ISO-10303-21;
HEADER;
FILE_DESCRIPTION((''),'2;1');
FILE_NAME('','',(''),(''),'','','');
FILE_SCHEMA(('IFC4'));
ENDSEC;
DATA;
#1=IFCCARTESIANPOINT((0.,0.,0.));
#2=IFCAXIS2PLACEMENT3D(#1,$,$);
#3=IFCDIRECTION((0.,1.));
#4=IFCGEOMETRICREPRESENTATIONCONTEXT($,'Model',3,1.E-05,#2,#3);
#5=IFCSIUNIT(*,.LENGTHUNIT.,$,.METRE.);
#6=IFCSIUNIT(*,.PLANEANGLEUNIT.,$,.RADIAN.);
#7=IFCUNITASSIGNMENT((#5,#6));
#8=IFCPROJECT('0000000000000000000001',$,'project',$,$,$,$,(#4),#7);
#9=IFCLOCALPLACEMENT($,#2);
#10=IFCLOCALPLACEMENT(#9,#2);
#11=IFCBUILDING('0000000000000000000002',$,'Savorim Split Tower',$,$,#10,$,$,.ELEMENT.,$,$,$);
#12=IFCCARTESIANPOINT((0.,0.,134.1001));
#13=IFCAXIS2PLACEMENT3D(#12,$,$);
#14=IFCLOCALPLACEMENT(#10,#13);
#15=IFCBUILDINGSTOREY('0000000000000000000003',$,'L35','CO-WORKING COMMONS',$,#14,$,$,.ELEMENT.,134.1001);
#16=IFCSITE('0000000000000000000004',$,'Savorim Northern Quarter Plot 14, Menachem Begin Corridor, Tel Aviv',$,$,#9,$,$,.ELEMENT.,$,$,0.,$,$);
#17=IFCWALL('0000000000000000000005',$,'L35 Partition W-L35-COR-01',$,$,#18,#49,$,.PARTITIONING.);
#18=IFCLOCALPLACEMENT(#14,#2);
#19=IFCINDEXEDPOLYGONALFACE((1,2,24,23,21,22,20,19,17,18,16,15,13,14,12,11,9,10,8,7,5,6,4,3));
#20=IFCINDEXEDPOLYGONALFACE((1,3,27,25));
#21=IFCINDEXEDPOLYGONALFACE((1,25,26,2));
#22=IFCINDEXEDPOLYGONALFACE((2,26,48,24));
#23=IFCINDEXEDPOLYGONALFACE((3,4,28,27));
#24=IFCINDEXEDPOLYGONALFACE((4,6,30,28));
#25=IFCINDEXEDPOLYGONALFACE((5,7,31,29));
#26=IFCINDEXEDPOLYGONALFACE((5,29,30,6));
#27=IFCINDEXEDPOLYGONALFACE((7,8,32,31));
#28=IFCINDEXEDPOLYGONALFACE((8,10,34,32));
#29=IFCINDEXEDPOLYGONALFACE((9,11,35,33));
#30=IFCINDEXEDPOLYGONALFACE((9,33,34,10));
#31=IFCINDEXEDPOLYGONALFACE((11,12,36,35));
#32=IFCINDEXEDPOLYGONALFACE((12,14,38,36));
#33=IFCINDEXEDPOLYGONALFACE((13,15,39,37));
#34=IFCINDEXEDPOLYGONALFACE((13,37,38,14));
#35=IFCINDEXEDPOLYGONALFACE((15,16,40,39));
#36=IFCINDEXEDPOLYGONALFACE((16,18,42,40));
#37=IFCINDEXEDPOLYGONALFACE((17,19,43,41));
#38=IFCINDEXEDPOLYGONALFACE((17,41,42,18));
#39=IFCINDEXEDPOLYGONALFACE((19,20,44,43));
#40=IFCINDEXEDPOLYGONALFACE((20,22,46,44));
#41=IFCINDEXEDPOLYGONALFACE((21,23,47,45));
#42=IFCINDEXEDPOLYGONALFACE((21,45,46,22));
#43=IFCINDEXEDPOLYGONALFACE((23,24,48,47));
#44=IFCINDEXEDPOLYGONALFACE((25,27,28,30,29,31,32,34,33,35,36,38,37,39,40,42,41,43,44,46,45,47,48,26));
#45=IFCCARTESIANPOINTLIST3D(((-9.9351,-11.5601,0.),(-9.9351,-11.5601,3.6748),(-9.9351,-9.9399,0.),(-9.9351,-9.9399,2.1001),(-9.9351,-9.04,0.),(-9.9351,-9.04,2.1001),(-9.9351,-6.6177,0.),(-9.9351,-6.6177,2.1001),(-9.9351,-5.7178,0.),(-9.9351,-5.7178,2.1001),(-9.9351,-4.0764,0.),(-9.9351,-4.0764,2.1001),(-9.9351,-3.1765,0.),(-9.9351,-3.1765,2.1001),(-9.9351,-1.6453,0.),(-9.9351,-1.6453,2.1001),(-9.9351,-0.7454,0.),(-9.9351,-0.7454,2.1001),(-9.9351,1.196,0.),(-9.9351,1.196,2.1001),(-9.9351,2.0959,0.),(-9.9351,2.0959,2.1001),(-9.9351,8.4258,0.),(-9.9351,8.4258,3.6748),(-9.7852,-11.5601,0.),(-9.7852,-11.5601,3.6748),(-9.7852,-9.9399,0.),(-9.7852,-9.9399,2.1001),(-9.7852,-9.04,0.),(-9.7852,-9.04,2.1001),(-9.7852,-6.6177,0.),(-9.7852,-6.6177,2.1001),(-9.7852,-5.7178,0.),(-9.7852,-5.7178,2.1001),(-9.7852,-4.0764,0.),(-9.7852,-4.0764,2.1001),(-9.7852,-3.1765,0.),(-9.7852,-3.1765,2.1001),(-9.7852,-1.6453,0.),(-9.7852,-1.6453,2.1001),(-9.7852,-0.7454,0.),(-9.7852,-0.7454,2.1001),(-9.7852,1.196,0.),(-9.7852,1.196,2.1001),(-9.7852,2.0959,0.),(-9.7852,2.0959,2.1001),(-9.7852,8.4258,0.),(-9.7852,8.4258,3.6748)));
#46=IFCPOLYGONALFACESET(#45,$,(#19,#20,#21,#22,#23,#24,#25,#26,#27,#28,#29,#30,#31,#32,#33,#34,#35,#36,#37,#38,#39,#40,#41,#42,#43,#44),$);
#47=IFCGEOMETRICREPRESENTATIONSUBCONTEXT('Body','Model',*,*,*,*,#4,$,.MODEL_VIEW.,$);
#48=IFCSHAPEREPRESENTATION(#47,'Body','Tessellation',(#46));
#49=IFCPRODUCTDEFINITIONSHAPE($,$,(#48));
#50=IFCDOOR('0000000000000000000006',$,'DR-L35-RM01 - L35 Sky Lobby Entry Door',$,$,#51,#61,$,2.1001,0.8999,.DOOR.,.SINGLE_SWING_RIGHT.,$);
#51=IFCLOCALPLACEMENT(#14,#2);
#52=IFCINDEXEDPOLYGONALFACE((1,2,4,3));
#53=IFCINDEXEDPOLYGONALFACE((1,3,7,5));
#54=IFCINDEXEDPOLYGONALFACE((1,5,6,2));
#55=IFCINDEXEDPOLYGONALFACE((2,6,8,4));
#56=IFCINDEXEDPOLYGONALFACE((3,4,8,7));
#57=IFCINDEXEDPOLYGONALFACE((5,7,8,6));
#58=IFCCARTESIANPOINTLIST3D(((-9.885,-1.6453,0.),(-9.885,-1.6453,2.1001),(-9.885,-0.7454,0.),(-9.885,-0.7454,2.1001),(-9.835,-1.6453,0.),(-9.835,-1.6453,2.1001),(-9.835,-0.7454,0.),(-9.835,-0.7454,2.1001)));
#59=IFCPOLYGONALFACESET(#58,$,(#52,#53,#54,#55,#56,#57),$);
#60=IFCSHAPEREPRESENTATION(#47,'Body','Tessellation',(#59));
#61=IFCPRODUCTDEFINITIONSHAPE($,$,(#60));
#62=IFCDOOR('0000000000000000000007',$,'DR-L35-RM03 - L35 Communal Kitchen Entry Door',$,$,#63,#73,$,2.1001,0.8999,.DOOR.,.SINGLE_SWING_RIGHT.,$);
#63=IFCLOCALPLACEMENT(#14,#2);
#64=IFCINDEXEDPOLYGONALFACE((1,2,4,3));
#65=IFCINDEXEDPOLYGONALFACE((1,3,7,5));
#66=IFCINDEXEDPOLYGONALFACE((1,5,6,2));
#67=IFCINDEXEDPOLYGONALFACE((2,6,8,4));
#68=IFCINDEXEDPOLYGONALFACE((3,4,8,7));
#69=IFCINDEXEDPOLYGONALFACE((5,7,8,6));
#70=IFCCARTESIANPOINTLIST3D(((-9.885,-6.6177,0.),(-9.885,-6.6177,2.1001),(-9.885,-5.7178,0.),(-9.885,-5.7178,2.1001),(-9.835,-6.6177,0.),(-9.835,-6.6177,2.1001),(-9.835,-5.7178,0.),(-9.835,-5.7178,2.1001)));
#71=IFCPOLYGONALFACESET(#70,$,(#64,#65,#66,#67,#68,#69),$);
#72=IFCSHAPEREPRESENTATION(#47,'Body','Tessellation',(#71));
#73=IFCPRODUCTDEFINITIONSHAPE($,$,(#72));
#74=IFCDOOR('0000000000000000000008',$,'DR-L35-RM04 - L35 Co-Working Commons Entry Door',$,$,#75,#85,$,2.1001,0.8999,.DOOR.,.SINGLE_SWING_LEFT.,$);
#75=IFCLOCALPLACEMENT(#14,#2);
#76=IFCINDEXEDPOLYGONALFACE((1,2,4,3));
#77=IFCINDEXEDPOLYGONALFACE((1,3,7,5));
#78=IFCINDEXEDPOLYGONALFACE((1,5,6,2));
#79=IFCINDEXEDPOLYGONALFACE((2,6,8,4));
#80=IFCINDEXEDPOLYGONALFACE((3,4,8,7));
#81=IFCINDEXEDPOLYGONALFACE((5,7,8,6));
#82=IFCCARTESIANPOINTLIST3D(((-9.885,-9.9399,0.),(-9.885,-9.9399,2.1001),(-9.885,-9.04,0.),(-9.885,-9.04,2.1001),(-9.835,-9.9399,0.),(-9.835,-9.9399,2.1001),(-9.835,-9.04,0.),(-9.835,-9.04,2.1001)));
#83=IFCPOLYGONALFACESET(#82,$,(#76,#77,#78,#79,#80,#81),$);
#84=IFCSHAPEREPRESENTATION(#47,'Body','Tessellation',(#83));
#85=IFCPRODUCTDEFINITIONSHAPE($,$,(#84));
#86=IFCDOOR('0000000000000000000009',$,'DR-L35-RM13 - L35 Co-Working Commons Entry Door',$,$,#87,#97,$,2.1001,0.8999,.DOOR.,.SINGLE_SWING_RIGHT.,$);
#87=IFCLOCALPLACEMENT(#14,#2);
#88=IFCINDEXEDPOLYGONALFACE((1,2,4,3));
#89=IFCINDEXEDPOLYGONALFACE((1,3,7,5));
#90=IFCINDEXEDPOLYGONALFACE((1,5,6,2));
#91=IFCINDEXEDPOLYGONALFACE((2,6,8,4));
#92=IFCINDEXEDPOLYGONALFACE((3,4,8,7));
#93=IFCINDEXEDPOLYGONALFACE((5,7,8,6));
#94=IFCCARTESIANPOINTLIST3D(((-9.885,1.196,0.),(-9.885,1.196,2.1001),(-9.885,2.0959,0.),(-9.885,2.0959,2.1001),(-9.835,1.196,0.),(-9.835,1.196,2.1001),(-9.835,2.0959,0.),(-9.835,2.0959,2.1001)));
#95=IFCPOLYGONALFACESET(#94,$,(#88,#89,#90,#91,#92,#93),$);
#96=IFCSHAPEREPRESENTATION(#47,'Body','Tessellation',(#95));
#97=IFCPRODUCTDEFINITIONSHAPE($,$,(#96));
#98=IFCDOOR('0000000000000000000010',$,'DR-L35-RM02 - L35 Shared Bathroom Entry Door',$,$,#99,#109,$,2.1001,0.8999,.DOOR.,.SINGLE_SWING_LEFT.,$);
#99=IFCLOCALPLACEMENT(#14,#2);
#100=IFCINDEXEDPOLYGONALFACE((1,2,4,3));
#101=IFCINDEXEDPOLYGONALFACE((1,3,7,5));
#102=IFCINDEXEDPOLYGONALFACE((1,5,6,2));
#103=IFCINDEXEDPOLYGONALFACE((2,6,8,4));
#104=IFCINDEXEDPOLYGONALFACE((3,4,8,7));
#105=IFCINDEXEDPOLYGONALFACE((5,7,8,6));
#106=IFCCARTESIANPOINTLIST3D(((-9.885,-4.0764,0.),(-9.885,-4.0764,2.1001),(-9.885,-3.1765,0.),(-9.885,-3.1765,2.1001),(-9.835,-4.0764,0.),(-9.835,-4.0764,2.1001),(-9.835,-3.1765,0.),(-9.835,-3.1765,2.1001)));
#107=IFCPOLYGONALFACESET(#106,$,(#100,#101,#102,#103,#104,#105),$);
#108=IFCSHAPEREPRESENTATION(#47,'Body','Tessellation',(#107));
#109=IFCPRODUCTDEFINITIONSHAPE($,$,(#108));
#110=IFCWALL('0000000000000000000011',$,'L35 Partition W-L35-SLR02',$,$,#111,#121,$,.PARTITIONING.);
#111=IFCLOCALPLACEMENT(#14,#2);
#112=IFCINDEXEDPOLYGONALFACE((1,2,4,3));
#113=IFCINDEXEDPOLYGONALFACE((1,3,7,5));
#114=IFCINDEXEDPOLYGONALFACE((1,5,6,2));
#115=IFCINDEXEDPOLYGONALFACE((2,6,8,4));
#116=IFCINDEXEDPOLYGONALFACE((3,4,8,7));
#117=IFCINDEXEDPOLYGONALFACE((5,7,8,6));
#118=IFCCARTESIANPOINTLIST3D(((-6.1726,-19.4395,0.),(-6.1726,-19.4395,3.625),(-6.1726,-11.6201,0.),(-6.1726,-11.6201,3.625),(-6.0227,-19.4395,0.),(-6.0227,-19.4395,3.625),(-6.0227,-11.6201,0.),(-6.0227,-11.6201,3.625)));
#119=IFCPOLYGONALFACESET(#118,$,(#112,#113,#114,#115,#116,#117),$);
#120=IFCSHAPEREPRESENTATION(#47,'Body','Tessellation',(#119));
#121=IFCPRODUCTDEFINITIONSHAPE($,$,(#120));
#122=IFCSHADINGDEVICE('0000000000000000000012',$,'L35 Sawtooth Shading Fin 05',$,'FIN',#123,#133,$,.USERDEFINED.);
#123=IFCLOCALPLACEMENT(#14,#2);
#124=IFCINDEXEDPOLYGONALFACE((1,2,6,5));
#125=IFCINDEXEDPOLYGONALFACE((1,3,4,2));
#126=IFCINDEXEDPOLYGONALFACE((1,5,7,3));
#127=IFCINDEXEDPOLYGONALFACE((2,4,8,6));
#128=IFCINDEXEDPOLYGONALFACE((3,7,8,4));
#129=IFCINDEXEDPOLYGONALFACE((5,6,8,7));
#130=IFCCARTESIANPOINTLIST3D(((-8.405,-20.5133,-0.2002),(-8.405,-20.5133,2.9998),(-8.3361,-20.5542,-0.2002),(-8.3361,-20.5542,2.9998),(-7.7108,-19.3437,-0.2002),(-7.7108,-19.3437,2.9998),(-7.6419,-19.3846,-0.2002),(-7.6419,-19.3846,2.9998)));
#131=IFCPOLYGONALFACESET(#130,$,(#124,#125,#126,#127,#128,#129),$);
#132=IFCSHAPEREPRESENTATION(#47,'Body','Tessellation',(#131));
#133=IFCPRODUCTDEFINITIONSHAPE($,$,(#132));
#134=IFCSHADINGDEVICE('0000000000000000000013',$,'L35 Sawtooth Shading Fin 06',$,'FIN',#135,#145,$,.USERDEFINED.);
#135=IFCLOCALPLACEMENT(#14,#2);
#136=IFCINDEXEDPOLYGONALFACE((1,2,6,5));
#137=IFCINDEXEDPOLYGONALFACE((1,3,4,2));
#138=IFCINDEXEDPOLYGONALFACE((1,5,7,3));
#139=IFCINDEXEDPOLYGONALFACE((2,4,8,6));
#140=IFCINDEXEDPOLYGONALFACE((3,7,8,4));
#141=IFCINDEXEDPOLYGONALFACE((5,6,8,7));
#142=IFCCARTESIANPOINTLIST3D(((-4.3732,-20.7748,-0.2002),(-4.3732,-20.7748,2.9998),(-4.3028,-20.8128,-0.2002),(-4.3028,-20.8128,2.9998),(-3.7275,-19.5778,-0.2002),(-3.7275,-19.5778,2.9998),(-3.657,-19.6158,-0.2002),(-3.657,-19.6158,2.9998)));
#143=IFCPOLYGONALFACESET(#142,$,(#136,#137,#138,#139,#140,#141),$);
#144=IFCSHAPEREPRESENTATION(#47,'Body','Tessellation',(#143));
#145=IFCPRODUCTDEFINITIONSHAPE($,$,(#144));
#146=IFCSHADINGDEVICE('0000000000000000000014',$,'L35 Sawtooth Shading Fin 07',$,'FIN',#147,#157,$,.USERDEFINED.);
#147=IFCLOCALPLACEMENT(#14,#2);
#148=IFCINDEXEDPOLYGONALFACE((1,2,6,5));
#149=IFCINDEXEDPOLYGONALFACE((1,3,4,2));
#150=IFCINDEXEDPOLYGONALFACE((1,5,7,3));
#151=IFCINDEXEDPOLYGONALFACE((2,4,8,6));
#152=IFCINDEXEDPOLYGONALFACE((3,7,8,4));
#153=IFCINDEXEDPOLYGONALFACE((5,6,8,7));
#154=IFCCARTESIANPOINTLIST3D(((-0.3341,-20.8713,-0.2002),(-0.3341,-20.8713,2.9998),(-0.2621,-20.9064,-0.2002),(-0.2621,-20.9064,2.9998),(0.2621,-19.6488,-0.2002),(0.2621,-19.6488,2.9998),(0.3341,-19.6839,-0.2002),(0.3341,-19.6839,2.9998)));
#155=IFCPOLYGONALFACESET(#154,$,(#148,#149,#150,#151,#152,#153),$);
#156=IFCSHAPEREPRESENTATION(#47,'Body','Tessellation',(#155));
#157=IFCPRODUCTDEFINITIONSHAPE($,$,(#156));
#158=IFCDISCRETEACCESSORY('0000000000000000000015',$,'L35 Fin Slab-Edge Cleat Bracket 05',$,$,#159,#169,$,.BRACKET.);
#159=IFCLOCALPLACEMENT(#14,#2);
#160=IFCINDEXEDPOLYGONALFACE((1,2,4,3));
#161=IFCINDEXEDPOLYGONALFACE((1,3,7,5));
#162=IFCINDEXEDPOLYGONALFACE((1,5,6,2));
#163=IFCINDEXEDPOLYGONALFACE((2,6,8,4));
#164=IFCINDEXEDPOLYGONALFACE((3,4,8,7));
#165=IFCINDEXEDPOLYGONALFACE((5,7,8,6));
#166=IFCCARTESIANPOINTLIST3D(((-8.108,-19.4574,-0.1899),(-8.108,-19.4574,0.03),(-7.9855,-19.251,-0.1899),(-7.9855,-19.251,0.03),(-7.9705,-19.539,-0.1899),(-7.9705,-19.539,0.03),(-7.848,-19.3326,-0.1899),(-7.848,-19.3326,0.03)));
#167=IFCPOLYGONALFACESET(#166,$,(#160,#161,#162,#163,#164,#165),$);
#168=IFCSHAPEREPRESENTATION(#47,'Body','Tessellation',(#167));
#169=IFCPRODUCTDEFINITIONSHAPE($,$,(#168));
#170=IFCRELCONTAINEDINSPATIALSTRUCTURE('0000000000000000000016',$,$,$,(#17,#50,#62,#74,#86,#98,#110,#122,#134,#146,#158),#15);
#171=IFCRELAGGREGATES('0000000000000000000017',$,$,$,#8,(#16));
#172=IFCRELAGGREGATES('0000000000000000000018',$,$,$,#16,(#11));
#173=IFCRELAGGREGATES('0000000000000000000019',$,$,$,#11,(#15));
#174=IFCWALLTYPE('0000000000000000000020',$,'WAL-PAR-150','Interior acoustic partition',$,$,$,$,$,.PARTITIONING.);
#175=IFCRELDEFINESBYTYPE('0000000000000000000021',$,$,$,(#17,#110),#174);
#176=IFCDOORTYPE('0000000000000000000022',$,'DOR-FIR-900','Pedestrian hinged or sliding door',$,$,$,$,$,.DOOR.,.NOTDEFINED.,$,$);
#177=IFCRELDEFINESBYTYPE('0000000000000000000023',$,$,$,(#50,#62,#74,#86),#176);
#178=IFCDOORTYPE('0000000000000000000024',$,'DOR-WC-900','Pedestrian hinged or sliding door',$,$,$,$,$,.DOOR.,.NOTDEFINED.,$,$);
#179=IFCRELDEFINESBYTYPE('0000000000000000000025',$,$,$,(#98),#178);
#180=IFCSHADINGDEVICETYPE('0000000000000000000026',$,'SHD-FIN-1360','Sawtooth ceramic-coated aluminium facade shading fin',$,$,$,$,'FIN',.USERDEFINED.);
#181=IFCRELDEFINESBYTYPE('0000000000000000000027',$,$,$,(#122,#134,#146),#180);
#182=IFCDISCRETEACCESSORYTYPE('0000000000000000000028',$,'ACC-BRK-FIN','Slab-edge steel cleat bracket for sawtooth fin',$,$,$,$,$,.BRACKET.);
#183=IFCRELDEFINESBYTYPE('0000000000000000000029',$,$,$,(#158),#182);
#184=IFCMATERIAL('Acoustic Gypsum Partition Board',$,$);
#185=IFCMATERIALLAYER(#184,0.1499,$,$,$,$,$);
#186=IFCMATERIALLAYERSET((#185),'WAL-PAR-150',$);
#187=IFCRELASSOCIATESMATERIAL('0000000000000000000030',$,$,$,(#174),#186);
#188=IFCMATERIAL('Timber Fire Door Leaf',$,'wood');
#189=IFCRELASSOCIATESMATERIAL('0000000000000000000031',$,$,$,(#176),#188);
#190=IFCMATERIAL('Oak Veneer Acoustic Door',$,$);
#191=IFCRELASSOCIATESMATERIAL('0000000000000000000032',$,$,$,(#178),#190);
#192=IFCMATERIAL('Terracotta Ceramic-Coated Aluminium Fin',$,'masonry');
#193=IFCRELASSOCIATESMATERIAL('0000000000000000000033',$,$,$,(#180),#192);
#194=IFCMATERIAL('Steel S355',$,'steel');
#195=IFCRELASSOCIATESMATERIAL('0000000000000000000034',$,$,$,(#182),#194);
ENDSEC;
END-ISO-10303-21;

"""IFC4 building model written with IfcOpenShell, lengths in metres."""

from ifc_helpers import new_model, si_unit, direction, frame, frame_2d, origin, origin_2d, place, context, subcontext, project, spatial, rectangle, extrude, material, layer, layer_set, type_object, element, fill, save


model = new_model("IFC4")

# Units and contexts
model_context = context("Model", 3, precision=1e-05, world=origin(), true_north=direction((0.0, 1.0)))
body_context = subcontext(model_context, "Body", "Model", "MODEL_VIEW")
ifc_project = project(units=[si_unit("LENGTHUNIT", "METRE"), si_unit("PLANEANGLEUNIT", "RADIAN")], contexts=[model_context])

# Site, building, storey
site_placement = place(None, origin())
site = spatial("IfcSite", under=ifc_project, at=site_placement, Name="Savorim Northern Quarter Plot 14, Menachem Begin Corridor, Tel Aviv", CompositionType="ELEMENT", RefElevation=0.0)
building_placement = place(site_placement, origin())
building = spatial("IfcBuilding", under=site, at=building_placement, Name="Savorim Split Tower", CompositionType="ELEMENT")
storey_placement = place(building_placement, frame((0.0, 0.0, 134.1001)))
storey = spatial("IfcBuildingStorey", under=building, at=storey_placement, Name="L35", Description="CO-WORKING COMMONS", CompositionType="ELEMENT", Elevation=134.1001)

# Shared definitions
ifc_material_1 = material(Name="Steel S355", Category="steel")

# Wall, openings, doors
ifc_material_2 = material(Name="Acoustic Gypsum Partition Board")
ifc_layer_1 = layer(ifc_material_2, 0.1499)
ifc_layer_set_1 = layer_set([ifc_layer_1], Name="WAL-PAR-150")
wall_type = type_object("IfcWallType", Name="WAL-PAR-150", Description="Interior acoustic partition", PredefinedType="PARTITIONING", material=ifc_layer_set_1)
wall_1_placement = place(storey_placement, frame((-9.8601, -11.5601, 0.0), z_axis=(0.0, 0.0, 1.0), x_axis=(0.0, 1.0, 0.0)))
wall_1 = element("IfcWall", 1, at=wall_1_placement, inside=storey, type_object=wall_type, Name="L35 Partition W-L35-COR-01", PredefinedType="PARTITIONING", context=body_context, shape_type="SweptSolid", body=[
    extrude(rectangle(XDim=19.9858, YDim=0.1499, at=frame_2d((9.9929, 0.0))), origin(), (0.0, 0.0, 1.0), 3.6748),
])
opening_1_placement = place(wall_1_placement, frame((9.9148, 0.0, 0.0)))
opening_1 = element("IfcOpeningElement", 2, at=opening_1_placement, cuts=wall_1, PredefinedType="OPENING", context=body_context, shape_type="SweptSolid", body=[
    extrude(rectangle(XDim=0.8999, YDim=2.1001, at=frame_2d((0.45, 1.05))), frame((0.0, 0.085, 0.0), z_axis=(0.0, -1.0, 0.0), x_axis=(1.0, 0.0, 0.0)), (0.0, 0.0, 1.0), 0.1699),
])
opening_2_placement = place(wall_1_placement, frame((7.4836, 0.0, 0.0)))
opening_2 = element("IfcOpeningElement", 3, at=opening_2_placement, cuts=wall_1, PredefinedType="OPENING", context=body_context, shape_type="SweptSolid", body=[
    extrude(rectangle(XDim=0.8999, YDim=2.1001, at=frame_2d((0.45, 1.05))), frame((0.0, 0.085, 0.0), z_axis=(0.0, -1.0, 0.0), x_axis=(1.0, 0.0, 0.0)), (0.0, 0.0, 1.0), 0.1699),
])
opening_3_placement = place(wall_1_placement, frame((4.9424, 0.0, 0.0)))
opening_3 = element("IfcOpeningElement", 4, at=opening_3_placement, cuts=wall_1, PredefinedType="OPENING", context=body_context, shape_type="SweptSolid", body=[
    extrude(rectangle(XDim=0.8999, YDim=2.1001, at=frame_2d((0.45, 1.05))), frame((0.0, 0.085, 0.0), z_axis=(0.0, -1.0, 0.0), x_axis=(1.0, 0.0, 0.0)), (0.0, 0.0, 1.0), 0.1699),
])
opening_4_placement = place(wall_1_placement, frame((1.6201, 0.0, 0.0)))
opening_4 = element("IfcOpeningElement", 5, at=opening_4_placement, cuts=wall_1, PredefinedType="OPENING", context=body_context, shape_type="SweptSolid", body=[
    extrude(rectangle(XDim=0.8999, YDim=2.1001, at=frame_2d((0.45, 1.05))), frame((0.0, 0.085, 0.0), z_axis=(0.0, -1.0, 0.0), x_axis=(1.0, 0.0, 0.0)), (0.0, 0.0, 1.0), 0.1699),
])
opening_5_placement = place(wall_1_placement, frame((12.7561, 0.0, 0.0)))
opening_5 = element("IfcOpeningElement", 6, at=opening_5_placement, cuts=wall_1, PredefinedType="OPENING", context=body_context, shape_type="SweptSolid", body=[
    extrude(rectangle(XDim=0.8999, YDim=2.1001, at=frame_2d((0.45, 1.05))), frame((0.0, 0.085, 0.0), z_axis=(0.0, -1.0, 0.0), x_axis=(1.0, 0.0, 0.0)), (0.0, 0.0, 1.0), 0.1699),
])
ifc_material_3 = material(Name="Timber Fire Door Leaf", Category="wood")
door_type_1 = type_object("IfcDoorType", Name="DOR-FIR-900", Description="Pedestrian hinged or sliding door", OperationType="NOTDEFINED", PredefinedType="DOOR", material=ifc_material_3)
door_1_placement = place(opening_1_placement, origin())
door_1 = element("IfcDoor", 7, at=door_1_placement, inside=storey, type_object=door_type_1, Name="DR-L35-RM01 - L35 Sky Lobby Entry Door", OperationType="SINGLE_SWING_RIGHT", OverallHeight=2.1001, OverallWidth=0.8999, PredefinedType="DOOR", context=body_context, shape_type="SweptSolid", body=[
    extrude(rectangle(XDim=0.8999, YDim=2.1001, at=frame_2d((0.45, 1.05))), frame((0.0, 0.0249, 0.0), z_axis=(0.0, -1.0, 0.0), x_axis=(1.0, 0.0, 0.0)), (0.0, 0.0, 1.0), 0.05),
])
fill(opening_1, door_1)
door_2_placement = place(opening_3_placement, origin())
door_2 = element("IfcDoor", 8, at=door_2_placement, inside=storey, type_object=door_type_1, Name="DR-L35-RM03 - L35 Communal Kitchen Entry Door", OperationType="SINGLE_SWING_RIGHT", OverallHeight=2.1001, OverallWidth=0.8999, PredefinedType="DOOR", context=body_context, shape_type="SweptSolid", body=[
    extrude(rectangle(XDim=0.8999, YDim=2.1001, at=frame_2d((0.45, 1.05))), frame((0.0, 0.0249, 0.0), z_axis=(0.0, -1.0, 0.0), x_axis=(1.0, 0.0, 0.0)), (0.0, 0.0, 1.0), 0.05),
])
fill(opening_3, door_2)
door_3_placement = place(opening_4_placement, origin())
door_3 = element("IfcDoor", 9, at=door_3_placement, inside=storey, type_object=door_type_1, Name="DR-L35-RM04 - L35 Co-Working Commons Entry Door", OperationType="SINGLE_SWING_LEFT", OverallHeight=2.1001, OverallWidth=0.8999, PredefinedType="DOOR", context=body_context, shape_type="SweptSolid", body=[
    extrude(rectangle(XDim=0.8999, YDim=2.1001, at=frame_2d((0.45, 1.05))), frame((0.0, 0.0249, 0.0), z_axis=(0.0, -1.0, 0.0), x_axis=(1.0, 0.0, 0.0)), (0.0, 0.0, 1.0), 0.05),
])
fill(opening_4, door_3)
door_4_placement = place(opening_5_placement, origin())
door_4 = element("IfcDoor", 10, at=door_4_placement, inside=storey, type_object=door_type_1, Name="DR-L35-RM13 - L35 Co-Working Commons Entry Door", OperationType="SINGLE_SWING_RIGHT", OverallHeight=2.1001, OverallWidth=0.8999, PredefinedType="DOOR", context=body_context, shape_type="SweptSolid", body=[
    extrude(rectangle(XDim=0.8999, YDim=2.1001, at=frame_2d((0.45, 1.05))), frame((0.0, 0.0249, 0.0), z_axis=(0.0, -1.0, 0.0), x_axis=(1.0, 0.0, 0.0)), (0.0, 0.0, 1.0), 0.05),
])
fill(opening_5, door_4)
ifc_material_4 = material(Name="Oak Veneer Acoustic Door")
door_type_2 = type_object("IfcDoorType", Name="DOR-WC-900", Description="Pedestrian hinged or sliding door", OperationType="NOTDEFINED", PredefinedType="DOOR", material=ifc_material_4)
door_5_placement = place(opening_2_placement, origin())
door_5 = element("IfcDoor", 11, at=door_5_placement, inside=storey, type_object=door_type_2, Name="DR-L35-RM02 - L35 Shared Bathroom Entry Door", OperationType="SINGLE_SWING_LEFT", OverallHeight=2.1001, OverallWidth=0.8999, PredefinedType="DOOR", context=body_context, shape_type="SweptSolid", body=[
    extrude(rectangle(XDim=0.8999, YDim=2.1001, at=frame_2d((0.45, 1.05))), frame((0.0, 0.0249, 0.0), z_axis=(0.0, -1.0, 0.0), x_axis=(1.0, 0.0, 0.0)), (0.0, 0.0, 1.0), 0.05),
])
fill(opening_2, door_5)

# Wall
wall_2_placement = place(storey_placement, frame((-6.0977, -11.6201, 0.0), z_axis=(0.0, 0.0, 1.0), x_axis=(0.0, -1.0, 0.0)))
element("IfcWall", 12, at=wall_2_placement, inside=storey, type_object=wall_type, Name="L35 Partition W-L35-SLR02", PredefinedType="PARTITIONING", context=body_context, shape_type="SweptSolid", body=[
    extrude(rectangle(XDim=7.8193, YDim=0.1499, at=frame_2d((3.9097, 0.0))), origin(), (0.0, 0.0, 1.0), 3.625),
])

# Shading devices
ifc_material_5 = material(Name="Terracotta Ceramic-Coated Aluminium Fin", Category="masonry")
shading_device_type = type_object("IfcShadingDeviceType", Name="SHD-FIN-1360", Description="Sawtooth ceramic-coated aluminium facade shading fin", ElementType="FIN", PredefinedType="USERDEFINED", material=ifc_material_5)
for number, where, z_axis, x_axis, name in (
    (13, (-8.0234, -19.949, -0.2002), (0.0, 0.0, 1.0), (-0.510391, -0.859942, 0.0), "L35 Sawtooth Shading Fin 05"),
    (14, (-4.0151, -20.1953, -0.2002), (0.0, 0.0, 1.0), (-0.474778, -0.880106, 0.0), "L35 Sawtooth Shading Fin 06"),
    (15, (0.0, -20.2776, -0.2002), (0.0, 0.0, 1.0), (-0.438371, -0.898794, 0.0), "L35 Sawtooth Shading Fin 07"),
):
    element("IfcShadingDevice", number, at=place(storey_placement, frame(where, z_axis=z_axis, x_axis=x_axis)), inside=storey, type_object=shading_device_type, Name=name, ObjectType="FIN", PredefinedType="USERDEFINED", context=body_context, shape_type="SweptSolid", body=[
        extrude(rectangle(XDim=1.3601, YDim=0.0801, at=origin_2d()), origin(), (0.0, 0.0, 1.0), 3.2),
    ])

# Discrete accessory
discrete_accessory_type = type_object("IfcDiscreteAccessoryType", Name="ACC-BRK-FIN", Description="Slab-edge steel cleat bracket for sawtooth fin", PredefinedType="BRACKET", material=ifc_material_1)
for number, where, z_axis, x_axis, name in (
    (16, (-7.978, -19.395, -0.1899), (0.0, 0.0, 1.0), (-0.510391, -0.859942, 0.0), "L35 Fin Slab-Edge Cleat Bracket 05"),
):
    element("IfcDiscreteAccessory", number, at=place(storey_placement, frame(where, z_axis=z_axis, x_axis=x_axis)), inside=storey, type_object=discrete_accessory_type, Name=name, PredefinedType="BRACKET", context=body_context, shape_type="SweptSolid", body=[
        extrude(rectangle(XDim=0.24, YDim=0.1599, at=origin_2d()), origin(), (0.0, 0.0, 1.0), 0.22),
    ])

save(model, "model.ifc")
